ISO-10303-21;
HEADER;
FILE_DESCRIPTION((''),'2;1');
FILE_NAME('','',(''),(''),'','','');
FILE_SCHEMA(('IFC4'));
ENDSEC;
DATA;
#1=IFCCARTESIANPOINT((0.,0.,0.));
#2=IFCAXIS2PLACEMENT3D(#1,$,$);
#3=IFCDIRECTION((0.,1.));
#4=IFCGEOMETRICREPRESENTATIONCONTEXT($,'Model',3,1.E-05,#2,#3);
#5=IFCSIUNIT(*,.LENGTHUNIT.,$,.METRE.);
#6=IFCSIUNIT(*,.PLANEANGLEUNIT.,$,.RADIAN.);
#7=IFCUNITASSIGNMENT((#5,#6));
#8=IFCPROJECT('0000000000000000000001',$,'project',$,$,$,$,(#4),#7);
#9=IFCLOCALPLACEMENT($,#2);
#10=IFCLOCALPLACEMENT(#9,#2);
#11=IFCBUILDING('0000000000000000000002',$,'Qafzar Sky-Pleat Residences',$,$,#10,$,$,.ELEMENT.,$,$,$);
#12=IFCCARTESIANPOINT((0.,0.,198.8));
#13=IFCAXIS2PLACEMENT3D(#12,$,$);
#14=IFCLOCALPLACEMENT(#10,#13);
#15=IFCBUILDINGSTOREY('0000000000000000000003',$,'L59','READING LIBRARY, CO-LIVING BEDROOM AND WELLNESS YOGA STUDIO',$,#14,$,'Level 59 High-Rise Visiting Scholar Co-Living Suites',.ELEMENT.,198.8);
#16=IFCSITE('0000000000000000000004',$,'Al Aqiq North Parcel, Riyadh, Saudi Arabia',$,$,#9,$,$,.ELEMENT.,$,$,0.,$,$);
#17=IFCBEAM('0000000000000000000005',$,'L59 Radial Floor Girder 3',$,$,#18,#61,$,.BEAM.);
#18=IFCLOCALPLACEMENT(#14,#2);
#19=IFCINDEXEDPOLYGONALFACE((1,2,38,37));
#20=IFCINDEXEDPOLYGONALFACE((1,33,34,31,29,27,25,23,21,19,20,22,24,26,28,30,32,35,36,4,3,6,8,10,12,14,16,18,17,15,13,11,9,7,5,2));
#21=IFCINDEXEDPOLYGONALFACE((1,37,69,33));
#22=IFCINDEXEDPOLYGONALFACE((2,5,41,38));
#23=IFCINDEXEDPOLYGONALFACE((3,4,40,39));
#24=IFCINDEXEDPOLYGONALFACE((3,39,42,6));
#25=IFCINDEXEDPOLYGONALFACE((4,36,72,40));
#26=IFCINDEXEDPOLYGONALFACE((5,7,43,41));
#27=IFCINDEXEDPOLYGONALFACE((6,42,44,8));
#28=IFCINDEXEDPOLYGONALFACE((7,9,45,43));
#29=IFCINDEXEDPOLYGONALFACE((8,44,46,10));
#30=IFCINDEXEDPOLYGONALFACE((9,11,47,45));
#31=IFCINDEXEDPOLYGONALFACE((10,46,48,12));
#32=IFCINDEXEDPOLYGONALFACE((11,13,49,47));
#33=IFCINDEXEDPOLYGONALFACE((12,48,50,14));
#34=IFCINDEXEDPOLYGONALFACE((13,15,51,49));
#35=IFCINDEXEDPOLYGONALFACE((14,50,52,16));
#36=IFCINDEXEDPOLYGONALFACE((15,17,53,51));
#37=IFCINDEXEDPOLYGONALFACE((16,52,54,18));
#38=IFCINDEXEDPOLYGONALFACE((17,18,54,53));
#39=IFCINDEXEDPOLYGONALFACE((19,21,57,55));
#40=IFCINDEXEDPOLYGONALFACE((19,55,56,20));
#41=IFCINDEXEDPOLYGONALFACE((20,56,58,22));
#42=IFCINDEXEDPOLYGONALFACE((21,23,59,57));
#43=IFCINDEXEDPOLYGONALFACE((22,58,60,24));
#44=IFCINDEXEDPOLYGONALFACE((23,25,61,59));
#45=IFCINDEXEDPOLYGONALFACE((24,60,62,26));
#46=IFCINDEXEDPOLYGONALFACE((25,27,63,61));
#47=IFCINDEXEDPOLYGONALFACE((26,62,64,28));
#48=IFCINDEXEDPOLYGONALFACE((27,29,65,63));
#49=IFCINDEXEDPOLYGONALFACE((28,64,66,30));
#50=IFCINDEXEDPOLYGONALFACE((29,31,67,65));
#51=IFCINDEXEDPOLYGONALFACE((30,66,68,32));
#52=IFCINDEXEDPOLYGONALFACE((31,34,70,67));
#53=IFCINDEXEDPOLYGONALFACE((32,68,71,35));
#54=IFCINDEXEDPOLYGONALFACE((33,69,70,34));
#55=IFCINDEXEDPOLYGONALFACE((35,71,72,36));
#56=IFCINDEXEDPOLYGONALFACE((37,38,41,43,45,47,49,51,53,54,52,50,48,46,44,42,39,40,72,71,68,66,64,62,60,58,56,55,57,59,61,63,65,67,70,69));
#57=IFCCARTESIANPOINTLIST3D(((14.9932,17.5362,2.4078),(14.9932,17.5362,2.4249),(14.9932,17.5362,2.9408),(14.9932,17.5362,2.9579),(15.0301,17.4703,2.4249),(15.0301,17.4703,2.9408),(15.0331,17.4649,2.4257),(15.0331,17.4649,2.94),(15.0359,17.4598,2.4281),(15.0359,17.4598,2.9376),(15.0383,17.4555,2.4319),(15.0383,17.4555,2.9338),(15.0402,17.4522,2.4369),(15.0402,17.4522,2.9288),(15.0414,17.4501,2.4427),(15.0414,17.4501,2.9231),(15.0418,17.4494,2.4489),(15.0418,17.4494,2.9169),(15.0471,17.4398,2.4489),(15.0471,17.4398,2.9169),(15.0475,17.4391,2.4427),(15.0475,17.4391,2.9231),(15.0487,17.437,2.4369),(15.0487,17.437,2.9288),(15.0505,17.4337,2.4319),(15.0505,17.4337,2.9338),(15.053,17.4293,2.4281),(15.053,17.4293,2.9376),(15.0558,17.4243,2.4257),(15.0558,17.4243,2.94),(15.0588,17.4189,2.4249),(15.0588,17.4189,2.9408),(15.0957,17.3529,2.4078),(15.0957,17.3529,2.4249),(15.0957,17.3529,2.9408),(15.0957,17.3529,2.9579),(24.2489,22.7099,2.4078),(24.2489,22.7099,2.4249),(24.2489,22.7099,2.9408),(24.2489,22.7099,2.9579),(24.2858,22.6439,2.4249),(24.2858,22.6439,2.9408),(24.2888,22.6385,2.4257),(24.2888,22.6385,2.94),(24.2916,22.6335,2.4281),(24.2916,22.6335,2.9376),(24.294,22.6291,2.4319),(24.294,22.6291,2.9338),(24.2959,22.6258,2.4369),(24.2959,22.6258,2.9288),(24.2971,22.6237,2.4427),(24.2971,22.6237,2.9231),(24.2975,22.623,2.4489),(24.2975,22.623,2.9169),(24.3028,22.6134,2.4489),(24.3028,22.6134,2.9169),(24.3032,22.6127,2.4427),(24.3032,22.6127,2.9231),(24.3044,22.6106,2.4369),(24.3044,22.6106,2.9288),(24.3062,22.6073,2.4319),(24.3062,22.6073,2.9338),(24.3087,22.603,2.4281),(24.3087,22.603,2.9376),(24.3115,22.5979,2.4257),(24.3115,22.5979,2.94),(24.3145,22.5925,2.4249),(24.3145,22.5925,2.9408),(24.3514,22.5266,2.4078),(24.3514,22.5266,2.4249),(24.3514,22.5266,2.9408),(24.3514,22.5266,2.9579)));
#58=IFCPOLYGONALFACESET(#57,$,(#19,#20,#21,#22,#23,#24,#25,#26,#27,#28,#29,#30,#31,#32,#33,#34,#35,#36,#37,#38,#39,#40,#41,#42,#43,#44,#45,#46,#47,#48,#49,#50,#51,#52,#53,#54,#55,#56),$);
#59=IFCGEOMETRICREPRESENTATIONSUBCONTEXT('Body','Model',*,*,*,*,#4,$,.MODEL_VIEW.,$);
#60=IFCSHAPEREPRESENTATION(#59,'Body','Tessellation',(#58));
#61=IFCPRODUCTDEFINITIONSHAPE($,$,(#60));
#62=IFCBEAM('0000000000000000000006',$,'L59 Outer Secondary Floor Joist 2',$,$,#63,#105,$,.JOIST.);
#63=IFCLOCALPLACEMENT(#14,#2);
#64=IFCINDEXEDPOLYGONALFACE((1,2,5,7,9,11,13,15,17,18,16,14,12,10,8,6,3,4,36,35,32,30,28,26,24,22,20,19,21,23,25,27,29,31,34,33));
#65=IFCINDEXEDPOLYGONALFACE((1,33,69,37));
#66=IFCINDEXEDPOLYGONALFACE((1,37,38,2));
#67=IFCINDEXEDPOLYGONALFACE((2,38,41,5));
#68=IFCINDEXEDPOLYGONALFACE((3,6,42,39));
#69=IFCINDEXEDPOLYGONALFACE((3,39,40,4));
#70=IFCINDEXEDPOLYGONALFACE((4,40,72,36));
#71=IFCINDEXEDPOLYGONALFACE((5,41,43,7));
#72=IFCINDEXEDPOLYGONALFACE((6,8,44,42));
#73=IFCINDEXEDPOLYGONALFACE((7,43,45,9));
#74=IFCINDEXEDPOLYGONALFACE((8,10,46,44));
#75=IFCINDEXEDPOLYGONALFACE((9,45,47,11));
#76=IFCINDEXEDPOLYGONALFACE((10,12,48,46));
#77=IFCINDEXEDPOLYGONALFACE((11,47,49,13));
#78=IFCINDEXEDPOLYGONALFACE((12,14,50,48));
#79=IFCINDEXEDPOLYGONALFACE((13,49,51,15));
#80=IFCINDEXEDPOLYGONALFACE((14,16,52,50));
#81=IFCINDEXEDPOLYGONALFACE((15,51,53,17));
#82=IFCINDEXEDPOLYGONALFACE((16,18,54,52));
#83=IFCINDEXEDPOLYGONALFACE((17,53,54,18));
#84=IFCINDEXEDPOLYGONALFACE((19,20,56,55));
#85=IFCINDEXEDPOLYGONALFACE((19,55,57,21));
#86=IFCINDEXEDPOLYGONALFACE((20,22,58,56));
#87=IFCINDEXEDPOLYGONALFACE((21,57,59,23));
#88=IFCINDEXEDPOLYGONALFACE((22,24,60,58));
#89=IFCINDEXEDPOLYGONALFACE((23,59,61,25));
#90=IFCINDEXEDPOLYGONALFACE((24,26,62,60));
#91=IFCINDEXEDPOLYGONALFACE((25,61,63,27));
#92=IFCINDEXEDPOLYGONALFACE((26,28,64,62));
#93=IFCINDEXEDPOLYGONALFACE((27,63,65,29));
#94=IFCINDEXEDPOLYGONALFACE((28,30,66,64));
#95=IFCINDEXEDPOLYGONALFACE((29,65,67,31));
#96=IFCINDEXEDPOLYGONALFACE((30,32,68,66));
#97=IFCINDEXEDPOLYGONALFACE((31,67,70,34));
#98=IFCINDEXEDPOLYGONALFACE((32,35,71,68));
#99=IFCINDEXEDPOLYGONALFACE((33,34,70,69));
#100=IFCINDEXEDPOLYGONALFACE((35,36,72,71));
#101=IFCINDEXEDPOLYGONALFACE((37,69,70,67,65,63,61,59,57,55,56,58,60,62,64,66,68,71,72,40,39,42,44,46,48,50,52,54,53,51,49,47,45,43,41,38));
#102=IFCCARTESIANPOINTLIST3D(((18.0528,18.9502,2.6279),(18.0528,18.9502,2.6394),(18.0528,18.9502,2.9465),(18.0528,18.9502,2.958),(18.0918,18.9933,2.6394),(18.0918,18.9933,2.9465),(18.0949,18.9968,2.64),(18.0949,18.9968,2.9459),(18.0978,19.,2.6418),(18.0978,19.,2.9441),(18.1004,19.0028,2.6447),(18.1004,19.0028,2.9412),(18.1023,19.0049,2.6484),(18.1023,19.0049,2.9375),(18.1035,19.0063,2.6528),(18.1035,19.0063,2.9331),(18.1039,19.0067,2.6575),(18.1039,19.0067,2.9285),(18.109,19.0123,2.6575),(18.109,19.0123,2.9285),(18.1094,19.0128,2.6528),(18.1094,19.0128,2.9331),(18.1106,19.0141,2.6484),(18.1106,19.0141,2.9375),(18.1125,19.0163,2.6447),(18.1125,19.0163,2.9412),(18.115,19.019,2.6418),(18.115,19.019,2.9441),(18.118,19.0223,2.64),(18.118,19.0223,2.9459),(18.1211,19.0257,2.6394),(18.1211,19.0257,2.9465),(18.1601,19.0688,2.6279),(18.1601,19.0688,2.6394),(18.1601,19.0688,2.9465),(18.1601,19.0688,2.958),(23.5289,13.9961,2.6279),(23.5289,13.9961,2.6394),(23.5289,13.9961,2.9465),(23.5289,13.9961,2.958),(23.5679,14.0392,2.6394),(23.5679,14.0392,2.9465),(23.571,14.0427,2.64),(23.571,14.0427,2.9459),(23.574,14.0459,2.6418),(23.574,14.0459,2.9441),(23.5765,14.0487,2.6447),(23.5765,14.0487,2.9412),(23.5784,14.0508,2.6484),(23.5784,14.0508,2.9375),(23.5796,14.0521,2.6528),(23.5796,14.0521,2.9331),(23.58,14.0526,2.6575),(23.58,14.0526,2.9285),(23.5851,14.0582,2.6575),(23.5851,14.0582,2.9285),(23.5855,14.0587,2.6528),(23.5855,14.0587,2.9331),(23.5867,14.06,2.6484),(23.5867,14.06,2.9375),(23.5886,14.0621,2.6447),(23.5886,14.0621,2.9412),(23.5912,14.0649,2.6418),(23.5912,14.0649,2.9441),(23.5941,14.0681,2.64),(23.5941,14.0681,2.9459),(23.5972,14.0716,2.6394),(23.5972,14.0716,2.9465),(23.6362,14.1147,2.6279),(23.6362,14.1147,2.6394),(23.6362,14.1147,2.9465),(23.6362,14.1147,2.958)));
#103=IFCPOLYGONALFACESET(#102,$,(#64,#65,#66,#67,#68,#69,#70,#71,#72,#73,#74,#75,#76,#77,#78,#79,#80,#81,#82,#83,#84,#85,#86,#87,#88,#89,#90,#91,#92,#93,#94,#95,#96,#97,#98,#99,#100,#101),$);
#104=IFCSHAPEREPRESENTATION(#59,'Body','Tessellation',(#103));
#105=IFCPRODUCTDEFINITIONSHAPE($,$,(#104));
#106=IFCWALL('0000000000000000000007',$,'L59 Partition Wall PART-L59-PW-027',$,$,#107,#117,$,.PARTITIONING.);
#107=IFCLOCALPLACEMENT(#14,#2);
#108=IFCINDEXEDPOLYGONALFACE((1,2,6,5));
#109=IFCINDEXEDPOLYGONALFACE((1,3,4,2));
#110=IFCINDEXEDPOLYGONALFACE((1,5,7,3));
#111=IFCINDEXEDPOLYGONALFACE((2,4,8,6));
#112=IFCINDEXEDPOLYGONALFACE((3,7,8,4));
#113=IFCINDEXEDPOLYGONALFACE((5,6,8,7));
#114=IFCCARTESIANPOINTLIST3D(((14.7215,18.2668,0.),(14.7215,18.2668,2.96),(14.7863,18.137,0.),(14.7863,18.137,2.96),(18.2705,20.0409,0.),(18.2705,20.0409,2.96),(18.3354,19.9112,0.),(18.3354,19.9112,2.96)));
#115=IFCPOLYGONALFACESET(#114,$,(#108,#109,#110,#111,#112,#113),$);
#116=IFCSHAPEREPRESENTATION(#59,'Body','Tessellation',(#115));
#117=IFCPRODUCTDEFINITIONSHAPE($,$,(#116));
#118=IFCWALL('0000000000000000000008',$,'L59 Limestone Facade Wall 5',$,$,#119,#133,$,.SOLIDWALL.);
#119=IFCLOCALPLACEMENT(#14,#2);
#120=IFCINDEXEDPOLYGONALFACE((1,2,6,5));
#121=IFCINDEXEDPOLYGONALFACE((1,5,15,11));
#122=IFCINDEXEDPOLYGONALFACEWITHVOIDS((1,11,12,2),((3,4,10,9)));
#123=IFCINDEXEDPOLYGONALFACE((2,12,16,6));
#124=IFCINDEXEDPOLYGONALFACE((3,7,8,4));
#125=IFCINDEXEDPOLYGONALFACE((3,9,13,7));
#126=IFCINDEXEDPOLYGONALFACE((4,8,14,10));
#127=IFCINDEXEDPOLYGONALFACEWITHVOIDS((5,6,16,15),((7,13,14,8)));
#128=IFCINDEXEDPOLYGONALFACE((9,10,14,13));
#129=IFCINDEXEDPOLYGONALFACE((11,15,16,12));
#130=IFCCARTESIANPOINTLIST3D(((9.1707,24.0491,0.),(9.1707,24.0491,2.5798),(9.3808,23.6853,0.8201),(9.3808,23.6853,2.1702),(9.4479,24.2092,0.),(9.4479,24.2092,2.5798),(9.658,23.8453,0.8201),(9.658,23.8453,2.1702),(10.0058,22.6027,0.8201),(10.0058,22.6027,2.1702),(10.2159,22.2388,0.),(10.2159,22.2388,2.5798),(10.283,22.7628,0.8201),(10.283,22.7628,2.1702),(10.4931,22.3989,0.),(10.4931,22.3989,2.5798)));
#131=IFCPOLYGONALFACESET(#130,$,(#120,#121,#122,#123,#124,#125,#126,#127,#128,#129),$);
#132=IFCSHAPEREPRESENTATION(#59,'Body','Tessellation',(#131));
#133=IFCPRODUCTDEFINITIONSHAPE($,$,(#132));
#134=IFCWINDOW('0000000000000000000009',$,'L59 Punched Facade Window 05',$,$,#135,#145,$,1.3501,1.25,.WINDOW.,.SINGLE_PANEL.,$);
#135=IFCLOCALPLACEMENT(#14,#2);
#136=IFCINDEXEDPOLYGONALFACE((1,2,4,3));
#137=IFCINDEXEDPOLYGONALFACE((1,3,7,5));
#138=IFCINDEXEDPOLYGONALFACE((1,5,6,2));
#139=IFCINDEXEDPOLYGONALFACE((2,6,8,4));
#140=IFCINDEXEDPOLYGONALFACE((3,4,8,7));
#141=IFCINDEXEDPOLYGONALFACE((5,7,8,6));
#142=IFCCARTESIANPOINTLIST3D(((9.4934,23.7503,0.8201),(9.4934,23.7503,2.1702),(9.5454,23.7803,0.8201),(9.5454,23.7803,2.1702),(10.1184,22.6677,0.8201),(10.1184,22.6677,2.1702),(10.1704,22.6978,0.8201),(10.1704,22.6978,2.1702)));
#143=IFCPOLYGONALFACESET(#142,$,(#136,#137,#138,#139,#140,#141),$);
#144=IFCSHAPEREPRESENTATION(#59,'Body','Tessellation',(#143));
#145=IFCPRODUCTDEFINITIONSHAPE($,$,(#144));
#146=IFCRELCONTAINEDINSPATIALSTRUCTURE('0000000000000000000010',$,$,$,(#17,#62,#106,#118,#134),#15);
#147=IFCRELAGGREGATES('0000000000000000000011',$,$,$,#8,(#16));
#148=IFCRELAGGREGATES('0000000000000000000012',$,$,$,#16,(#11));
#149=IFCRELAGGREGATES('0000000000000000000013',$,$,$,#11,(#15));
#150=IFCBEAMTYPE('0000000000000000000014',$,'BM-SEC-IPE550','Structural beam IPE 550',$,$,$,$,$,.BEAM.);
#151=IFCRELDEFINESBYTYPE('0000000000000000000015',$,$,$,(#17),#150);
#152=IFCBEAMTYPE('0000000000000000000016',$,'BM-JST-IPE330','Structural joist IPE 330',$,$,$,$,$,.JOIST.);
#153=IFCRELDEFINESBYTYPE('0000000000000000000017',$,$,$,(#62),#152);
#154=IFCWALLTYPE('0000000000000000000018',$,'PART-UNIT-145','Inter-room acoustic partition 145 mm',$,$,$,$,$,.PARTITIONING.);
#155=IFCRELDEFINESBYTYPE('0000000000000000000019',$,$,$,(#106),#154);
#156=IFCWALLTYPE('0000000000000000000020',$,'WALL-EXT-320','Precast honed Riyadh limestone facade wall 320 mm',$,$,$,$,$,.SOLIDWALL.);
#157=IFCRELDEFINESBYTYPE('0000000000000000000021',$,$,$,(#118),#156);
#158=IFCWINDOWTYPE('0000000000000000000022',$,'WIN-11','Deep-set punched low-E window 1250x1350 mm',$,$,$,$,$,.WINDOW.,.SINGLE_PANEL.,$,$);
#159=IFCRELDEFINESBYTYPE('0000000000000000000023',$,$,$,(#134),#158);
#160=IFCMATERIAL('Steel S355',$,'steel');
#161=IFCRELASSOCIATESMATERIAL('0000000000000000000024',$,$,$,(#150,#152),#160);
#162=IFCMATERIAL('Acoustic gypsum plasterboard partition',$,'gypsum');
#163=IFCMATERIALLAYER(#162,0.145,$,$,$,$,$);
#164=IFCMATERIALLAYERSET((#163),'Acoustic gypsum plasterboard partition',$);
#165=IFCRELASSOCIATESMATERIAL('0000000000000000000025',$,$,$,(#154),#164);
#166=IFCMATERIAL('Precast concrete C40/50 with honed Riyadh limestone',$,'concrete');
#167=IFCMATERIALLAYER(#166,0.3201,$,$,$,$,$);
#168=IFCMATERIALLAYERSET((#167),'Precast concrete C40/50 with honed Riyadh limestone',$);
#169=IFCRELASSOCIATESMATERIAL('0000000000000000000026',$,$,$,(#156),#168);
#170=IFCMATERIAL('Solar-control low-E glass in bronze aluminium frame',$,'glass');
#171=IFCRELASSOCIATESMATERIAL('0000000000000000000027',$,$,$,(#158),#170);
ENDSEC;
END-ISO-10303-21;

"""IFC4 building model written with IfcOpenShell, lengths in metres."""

from ifc_helpers import new_model, si_unit, direction, frame, frame_2d, origin, origin_2d, place, context, subcontext, project, spatial, rectangle, i_section, extrude, source, transform, mapped, material, layer, layer_set, material_profile, profile_set, type_object, element, fill, save


model = new_model("IFC4")

# Units and contexts
model_context = context("Model", 3, precision=1e-05, world=origin(), true_north=direction((0.0, 1.0)))
body_context = subcontext(model_context, "Body", "Model", "MODEL_VIEW")
ifc_project = project(units=[si_unit("LENGTHUNIT", "METRE"), si_unit("PLANEANGLEUNIT", "RADIAN")], contexts=[model_context])

# Site, building, storey
site_placement = place(None, origin())
site = spatial("IfcSite", under=ifc_project, at=site_placement, Name="Al Aqiq North Parcel, Riyadh, Saudi Arabia", CompositionType="ELEMENT", RefElevation=0.0)
building_placement = place(site_placement, origin())
building = spatial("IfcBuilding", under=site, at=building_placement, Name="Qafzar Sky-Pleat Residences", CompositionType="ELEMENT")
storey_placement = place(building_placement, frame((0.0, 0.0, 198.8)))
storey = spatial("IfcBuildingStorey", under=building, at=storey_placement, Name="L59", Description="READING LIBRARY, CO-LIVING BEDROOM AND WELLNESS YOGA STUDIO", LongName="Level 59 High-Rise Visiting Scholar Co-Living Suites", CompositionType="ELEMENT", Elevation=198.8)

# Shared definitions
ifc_material_1 = material(Name="Steel S355", Category="steel")

# Beams
ifc_material_profile_1 = material_profile(ifc_material_1, i_section(OverallWidth=0.21, OverallDepth=0.55, WebThickness=0.011, FlangeThickness=0.0171, FilletRadius=0.0239, at=origin_2d()), Name="IPE 550")
ifc_profile_set_1 = profile_set([ifc_material_profile_1], Name="Steel S355")
beam_type_1 = type_object("IfcBeamType", Name="BM-SEC-IPE550", Description="Structural beam IPE 550", PredefinedType="BEAM", material=ifc_profile_set_1)
shared_shape_1 = source(origin(), body_context, "Body", "SweptSolid", [
    extrude(i_section(OverallWidth=0.21, OverallDepth=0.55, WebThickness=0.011, FlangeThickness=0.0171, FilletRadius=0.0239, at=origin_2d()), origin(), (0.0, 0.0, 1.0), 10.6035),
])
beam_1_placement = place(storey_placement, frame((15.0444, 17.4446, 2.6829), z_axis=(0.87289, 0.487917, 0.0), x_axis=(-0.487917, 0.87289, 0.0)))
element("IfcBeam", 1, at=beam_1_placement, inside=storey, type_object=beam_type_1, Name="L59 Radial Floor Girder 3", PredefinedType="BEAM", context=body_context, shape_type="MappedRepresentation", body=[
    mapped(shared_shape_1, transform((0.0, 0.0, 0.0), x_axis=(1.0, 0.0, 0.0), y_axis=(0.0, 1.0, 0.0), z_axis=(0.0, 0.0, 1.0), scale=1.0)),
])
ifc_material_profile_2 = material_profile(ifc_material_1, i_section(OverallWidth=0.1599, OverallDepth=0.3301, WebThickness=0.0076, FlangeThickness=0.0115, FilletRadius=0.0181, at=origin_2d()), Name="IPE 330")
ifc_profile_set_2 = profile_set([ifc_material_profile_2], Name="Steel S355")
beam_type_2 = type_object("IfcBeamType", Name="BM-JST-IPE330", Description="Structural joist IPE 330", PredefinedType="JOIST", material=ifc_profile_set_2)
shared_shape_2 = source(origin(), body_context, "Body", "SweptSolid", [
    extrude(i_section(OverallWidth=0.1599, OverallDepth=0.3301, WebThickness=0.0076, FlangeThickness=0.0115, FilletRadius=0.0181, at=origin_2d()), origin(), (0.0, 0.0, 1.0), 7.3845),
])
beam_2_placement = place(storey_placement, frame((18.1064, 19.0095, 2.793), z_axis=(0.741566, -0.67088, 0.0), x_axis=(0.67088, 0.741566, 0.0)))
element("IfcBeam", 2, at=beam_2_placement, inside=storey, type_object=beam_type_2, Name="L59 Outer Secondary Floor Joist 2", PredefinedType="JOIST", context=body_context, shape_type="MappedRepresentation", body=[
    mapped(shared_shape_2, transform((0.0, 0.0, 0.0), x_axis=(1.0, 0.0, 0.0), y_axis=(0.0, 1.0, 0.0), z_axis=(0.0, 0.0, 1.0), scale=1.0)),
])

# Wall
ifc_material_2 = material(Name="Acoustic gypsum plasterboard partition", Category="gypsum")
ifc_layer_1 = layer(ifc_material_2, 0.145)
ifc_layer_set_1 = layer_set([ifc_layer_1], Name="Acoustic gypsum plasterboard partition")
wall_type_1 = type_object("IfcWallType", Name="PART-UNIT-145", Description="Inter-room acoustic partition 145 mm", PredefinedType="PARTITIONING", material=ifc_layer_set_1)
wall_1_placement = place(storey_placement, frame((14.7539, 18.2019, 0.0), z_axis=(0.0, 0.0, 1.0), x_axis=(0.894464, 0.44714, 0.0)))
element("IfcWall", 3, at=wall_1_placement, inside=storey, type_object=wall_type_1, Name="L59 Partition Wall PART-L59-PW-027", PredefinedType="PARTITIONING", context=body_context, shape_type="SweptSolid", body=[
    extrude(rectangle(XDim=3.9678, YDim=0.145, at=frame_2d((1.9839, 0.0))), origin(), (0.0, 0.0, 1.0), 2.96),
])

# Wall, opening, window
ifc_material_3 = material(Name="Precast concrete C40/50 with honed Riyadh limestone", Category="concrete")
ifc_layer_2 = layer(ifc_material_3, 0.3201)
ifc_layer_set_2 = layer_set([ifc_layer_2], Name="Precast concrete C40/50 with honed Riyadh limestone")
wall_type_2 = type_object("IfcWallType", Name="WALL-EXT-320", Description="Precast honed Riyadh limestone facade wall 320 mm", PredefinedType="SOLIDWALL", material=ifc_layer_set_2)
wall_2_placement = place(storey_placement, frame((9.3093, 24.1292, 0.0), z_axis=(0.0, 0.0, 1.0), x_axis=(0.499995, -0.866028, 0.0)))
wall_2 = element("IfcWall", 4, at=wall_2_placement, inside=storey, type_object=wall_type_2, Name="L59 Limestone Facade Wall 5", PredefinedType="SOLIDWALL", context=body_context, shape_type="SweptSolid", body=[
    extrude(rectangle(XDim=2.0903, YDim=0.3201, at=frame_2d((1.0452, 0.0))), origin(), (0.0, 0.0, 1.0), 2.5798),
])
opening_1_placement = place(wall_2_placement, frame((0.4202, 0.0, 0.8201)))
opening_1 = element("IfcOpeningElement", 5, at=opening_1_placement, cuts=wall_2, PredefinedType="OPENING", context=body_context, shape_type="SweptSolid", body=[
    extrude(rectangle(XDim=1.25, YDim=1.3501, at=frame_2d((0.625, 0.675))), frame((0.0, 0.1699, 0.0), z_axis=(0.0, -1.0, 0.0), x_axis=(1.0, 0.0, 0.0)), (0.0, 0.0, 1.0), 0.3401),
])
ifc_material_4 = material(Name="Solar-control low-E glass in bronze aluminium frame", Category="glass")
window_type_1 = type_object("IfcWindowType", Name="WIN-11", Description="Deep-set punched low-E window 1250x1350 mm", PartitioningType="SINGLE_PANEL", PredefinedType="WINDOW", material=ifc_material_4)
shared_shape_3 = source(origin(), body_context, "Body", "SweptSolid", [
    extrude(rectangle(XDim=1.25, YDim=1.3501, at=frame_2d((0.625, 0.675))), frame((0.0, 0.03, 0.0), z_axis=(0.0, -1.0, 0.0), x_axis=(1.0, 0.0, 0.0)), (0.0, 0.0, 1.0), 0.0601),
])
window_1_placement = place(opening_1_placement, origin())
window_1 = element("IfcWindow", 6, at=window_1_placement, inside=storey, type_object=window_type_1, Name="L59 Punched Facade Window 05", OverallHeight=1.3501, OverallWidth=1.25, PartitioningType="SINGLE_PANEL", PredefinedType="WINDOW", context=body_context, shape_type="MappedRepresentation", body=[
    mapped(shared_shape_3, transform((0.0, 0.0, 0.0), x_axis=(1.0, 0.0, 0.0), y_axis=(0.0, 1.0, 0.0), z_axis=(0.0, 0.0, 1.0), scale=1.0)),
])
fill(opening_1, window_1)

save(model, "model.ifc")
